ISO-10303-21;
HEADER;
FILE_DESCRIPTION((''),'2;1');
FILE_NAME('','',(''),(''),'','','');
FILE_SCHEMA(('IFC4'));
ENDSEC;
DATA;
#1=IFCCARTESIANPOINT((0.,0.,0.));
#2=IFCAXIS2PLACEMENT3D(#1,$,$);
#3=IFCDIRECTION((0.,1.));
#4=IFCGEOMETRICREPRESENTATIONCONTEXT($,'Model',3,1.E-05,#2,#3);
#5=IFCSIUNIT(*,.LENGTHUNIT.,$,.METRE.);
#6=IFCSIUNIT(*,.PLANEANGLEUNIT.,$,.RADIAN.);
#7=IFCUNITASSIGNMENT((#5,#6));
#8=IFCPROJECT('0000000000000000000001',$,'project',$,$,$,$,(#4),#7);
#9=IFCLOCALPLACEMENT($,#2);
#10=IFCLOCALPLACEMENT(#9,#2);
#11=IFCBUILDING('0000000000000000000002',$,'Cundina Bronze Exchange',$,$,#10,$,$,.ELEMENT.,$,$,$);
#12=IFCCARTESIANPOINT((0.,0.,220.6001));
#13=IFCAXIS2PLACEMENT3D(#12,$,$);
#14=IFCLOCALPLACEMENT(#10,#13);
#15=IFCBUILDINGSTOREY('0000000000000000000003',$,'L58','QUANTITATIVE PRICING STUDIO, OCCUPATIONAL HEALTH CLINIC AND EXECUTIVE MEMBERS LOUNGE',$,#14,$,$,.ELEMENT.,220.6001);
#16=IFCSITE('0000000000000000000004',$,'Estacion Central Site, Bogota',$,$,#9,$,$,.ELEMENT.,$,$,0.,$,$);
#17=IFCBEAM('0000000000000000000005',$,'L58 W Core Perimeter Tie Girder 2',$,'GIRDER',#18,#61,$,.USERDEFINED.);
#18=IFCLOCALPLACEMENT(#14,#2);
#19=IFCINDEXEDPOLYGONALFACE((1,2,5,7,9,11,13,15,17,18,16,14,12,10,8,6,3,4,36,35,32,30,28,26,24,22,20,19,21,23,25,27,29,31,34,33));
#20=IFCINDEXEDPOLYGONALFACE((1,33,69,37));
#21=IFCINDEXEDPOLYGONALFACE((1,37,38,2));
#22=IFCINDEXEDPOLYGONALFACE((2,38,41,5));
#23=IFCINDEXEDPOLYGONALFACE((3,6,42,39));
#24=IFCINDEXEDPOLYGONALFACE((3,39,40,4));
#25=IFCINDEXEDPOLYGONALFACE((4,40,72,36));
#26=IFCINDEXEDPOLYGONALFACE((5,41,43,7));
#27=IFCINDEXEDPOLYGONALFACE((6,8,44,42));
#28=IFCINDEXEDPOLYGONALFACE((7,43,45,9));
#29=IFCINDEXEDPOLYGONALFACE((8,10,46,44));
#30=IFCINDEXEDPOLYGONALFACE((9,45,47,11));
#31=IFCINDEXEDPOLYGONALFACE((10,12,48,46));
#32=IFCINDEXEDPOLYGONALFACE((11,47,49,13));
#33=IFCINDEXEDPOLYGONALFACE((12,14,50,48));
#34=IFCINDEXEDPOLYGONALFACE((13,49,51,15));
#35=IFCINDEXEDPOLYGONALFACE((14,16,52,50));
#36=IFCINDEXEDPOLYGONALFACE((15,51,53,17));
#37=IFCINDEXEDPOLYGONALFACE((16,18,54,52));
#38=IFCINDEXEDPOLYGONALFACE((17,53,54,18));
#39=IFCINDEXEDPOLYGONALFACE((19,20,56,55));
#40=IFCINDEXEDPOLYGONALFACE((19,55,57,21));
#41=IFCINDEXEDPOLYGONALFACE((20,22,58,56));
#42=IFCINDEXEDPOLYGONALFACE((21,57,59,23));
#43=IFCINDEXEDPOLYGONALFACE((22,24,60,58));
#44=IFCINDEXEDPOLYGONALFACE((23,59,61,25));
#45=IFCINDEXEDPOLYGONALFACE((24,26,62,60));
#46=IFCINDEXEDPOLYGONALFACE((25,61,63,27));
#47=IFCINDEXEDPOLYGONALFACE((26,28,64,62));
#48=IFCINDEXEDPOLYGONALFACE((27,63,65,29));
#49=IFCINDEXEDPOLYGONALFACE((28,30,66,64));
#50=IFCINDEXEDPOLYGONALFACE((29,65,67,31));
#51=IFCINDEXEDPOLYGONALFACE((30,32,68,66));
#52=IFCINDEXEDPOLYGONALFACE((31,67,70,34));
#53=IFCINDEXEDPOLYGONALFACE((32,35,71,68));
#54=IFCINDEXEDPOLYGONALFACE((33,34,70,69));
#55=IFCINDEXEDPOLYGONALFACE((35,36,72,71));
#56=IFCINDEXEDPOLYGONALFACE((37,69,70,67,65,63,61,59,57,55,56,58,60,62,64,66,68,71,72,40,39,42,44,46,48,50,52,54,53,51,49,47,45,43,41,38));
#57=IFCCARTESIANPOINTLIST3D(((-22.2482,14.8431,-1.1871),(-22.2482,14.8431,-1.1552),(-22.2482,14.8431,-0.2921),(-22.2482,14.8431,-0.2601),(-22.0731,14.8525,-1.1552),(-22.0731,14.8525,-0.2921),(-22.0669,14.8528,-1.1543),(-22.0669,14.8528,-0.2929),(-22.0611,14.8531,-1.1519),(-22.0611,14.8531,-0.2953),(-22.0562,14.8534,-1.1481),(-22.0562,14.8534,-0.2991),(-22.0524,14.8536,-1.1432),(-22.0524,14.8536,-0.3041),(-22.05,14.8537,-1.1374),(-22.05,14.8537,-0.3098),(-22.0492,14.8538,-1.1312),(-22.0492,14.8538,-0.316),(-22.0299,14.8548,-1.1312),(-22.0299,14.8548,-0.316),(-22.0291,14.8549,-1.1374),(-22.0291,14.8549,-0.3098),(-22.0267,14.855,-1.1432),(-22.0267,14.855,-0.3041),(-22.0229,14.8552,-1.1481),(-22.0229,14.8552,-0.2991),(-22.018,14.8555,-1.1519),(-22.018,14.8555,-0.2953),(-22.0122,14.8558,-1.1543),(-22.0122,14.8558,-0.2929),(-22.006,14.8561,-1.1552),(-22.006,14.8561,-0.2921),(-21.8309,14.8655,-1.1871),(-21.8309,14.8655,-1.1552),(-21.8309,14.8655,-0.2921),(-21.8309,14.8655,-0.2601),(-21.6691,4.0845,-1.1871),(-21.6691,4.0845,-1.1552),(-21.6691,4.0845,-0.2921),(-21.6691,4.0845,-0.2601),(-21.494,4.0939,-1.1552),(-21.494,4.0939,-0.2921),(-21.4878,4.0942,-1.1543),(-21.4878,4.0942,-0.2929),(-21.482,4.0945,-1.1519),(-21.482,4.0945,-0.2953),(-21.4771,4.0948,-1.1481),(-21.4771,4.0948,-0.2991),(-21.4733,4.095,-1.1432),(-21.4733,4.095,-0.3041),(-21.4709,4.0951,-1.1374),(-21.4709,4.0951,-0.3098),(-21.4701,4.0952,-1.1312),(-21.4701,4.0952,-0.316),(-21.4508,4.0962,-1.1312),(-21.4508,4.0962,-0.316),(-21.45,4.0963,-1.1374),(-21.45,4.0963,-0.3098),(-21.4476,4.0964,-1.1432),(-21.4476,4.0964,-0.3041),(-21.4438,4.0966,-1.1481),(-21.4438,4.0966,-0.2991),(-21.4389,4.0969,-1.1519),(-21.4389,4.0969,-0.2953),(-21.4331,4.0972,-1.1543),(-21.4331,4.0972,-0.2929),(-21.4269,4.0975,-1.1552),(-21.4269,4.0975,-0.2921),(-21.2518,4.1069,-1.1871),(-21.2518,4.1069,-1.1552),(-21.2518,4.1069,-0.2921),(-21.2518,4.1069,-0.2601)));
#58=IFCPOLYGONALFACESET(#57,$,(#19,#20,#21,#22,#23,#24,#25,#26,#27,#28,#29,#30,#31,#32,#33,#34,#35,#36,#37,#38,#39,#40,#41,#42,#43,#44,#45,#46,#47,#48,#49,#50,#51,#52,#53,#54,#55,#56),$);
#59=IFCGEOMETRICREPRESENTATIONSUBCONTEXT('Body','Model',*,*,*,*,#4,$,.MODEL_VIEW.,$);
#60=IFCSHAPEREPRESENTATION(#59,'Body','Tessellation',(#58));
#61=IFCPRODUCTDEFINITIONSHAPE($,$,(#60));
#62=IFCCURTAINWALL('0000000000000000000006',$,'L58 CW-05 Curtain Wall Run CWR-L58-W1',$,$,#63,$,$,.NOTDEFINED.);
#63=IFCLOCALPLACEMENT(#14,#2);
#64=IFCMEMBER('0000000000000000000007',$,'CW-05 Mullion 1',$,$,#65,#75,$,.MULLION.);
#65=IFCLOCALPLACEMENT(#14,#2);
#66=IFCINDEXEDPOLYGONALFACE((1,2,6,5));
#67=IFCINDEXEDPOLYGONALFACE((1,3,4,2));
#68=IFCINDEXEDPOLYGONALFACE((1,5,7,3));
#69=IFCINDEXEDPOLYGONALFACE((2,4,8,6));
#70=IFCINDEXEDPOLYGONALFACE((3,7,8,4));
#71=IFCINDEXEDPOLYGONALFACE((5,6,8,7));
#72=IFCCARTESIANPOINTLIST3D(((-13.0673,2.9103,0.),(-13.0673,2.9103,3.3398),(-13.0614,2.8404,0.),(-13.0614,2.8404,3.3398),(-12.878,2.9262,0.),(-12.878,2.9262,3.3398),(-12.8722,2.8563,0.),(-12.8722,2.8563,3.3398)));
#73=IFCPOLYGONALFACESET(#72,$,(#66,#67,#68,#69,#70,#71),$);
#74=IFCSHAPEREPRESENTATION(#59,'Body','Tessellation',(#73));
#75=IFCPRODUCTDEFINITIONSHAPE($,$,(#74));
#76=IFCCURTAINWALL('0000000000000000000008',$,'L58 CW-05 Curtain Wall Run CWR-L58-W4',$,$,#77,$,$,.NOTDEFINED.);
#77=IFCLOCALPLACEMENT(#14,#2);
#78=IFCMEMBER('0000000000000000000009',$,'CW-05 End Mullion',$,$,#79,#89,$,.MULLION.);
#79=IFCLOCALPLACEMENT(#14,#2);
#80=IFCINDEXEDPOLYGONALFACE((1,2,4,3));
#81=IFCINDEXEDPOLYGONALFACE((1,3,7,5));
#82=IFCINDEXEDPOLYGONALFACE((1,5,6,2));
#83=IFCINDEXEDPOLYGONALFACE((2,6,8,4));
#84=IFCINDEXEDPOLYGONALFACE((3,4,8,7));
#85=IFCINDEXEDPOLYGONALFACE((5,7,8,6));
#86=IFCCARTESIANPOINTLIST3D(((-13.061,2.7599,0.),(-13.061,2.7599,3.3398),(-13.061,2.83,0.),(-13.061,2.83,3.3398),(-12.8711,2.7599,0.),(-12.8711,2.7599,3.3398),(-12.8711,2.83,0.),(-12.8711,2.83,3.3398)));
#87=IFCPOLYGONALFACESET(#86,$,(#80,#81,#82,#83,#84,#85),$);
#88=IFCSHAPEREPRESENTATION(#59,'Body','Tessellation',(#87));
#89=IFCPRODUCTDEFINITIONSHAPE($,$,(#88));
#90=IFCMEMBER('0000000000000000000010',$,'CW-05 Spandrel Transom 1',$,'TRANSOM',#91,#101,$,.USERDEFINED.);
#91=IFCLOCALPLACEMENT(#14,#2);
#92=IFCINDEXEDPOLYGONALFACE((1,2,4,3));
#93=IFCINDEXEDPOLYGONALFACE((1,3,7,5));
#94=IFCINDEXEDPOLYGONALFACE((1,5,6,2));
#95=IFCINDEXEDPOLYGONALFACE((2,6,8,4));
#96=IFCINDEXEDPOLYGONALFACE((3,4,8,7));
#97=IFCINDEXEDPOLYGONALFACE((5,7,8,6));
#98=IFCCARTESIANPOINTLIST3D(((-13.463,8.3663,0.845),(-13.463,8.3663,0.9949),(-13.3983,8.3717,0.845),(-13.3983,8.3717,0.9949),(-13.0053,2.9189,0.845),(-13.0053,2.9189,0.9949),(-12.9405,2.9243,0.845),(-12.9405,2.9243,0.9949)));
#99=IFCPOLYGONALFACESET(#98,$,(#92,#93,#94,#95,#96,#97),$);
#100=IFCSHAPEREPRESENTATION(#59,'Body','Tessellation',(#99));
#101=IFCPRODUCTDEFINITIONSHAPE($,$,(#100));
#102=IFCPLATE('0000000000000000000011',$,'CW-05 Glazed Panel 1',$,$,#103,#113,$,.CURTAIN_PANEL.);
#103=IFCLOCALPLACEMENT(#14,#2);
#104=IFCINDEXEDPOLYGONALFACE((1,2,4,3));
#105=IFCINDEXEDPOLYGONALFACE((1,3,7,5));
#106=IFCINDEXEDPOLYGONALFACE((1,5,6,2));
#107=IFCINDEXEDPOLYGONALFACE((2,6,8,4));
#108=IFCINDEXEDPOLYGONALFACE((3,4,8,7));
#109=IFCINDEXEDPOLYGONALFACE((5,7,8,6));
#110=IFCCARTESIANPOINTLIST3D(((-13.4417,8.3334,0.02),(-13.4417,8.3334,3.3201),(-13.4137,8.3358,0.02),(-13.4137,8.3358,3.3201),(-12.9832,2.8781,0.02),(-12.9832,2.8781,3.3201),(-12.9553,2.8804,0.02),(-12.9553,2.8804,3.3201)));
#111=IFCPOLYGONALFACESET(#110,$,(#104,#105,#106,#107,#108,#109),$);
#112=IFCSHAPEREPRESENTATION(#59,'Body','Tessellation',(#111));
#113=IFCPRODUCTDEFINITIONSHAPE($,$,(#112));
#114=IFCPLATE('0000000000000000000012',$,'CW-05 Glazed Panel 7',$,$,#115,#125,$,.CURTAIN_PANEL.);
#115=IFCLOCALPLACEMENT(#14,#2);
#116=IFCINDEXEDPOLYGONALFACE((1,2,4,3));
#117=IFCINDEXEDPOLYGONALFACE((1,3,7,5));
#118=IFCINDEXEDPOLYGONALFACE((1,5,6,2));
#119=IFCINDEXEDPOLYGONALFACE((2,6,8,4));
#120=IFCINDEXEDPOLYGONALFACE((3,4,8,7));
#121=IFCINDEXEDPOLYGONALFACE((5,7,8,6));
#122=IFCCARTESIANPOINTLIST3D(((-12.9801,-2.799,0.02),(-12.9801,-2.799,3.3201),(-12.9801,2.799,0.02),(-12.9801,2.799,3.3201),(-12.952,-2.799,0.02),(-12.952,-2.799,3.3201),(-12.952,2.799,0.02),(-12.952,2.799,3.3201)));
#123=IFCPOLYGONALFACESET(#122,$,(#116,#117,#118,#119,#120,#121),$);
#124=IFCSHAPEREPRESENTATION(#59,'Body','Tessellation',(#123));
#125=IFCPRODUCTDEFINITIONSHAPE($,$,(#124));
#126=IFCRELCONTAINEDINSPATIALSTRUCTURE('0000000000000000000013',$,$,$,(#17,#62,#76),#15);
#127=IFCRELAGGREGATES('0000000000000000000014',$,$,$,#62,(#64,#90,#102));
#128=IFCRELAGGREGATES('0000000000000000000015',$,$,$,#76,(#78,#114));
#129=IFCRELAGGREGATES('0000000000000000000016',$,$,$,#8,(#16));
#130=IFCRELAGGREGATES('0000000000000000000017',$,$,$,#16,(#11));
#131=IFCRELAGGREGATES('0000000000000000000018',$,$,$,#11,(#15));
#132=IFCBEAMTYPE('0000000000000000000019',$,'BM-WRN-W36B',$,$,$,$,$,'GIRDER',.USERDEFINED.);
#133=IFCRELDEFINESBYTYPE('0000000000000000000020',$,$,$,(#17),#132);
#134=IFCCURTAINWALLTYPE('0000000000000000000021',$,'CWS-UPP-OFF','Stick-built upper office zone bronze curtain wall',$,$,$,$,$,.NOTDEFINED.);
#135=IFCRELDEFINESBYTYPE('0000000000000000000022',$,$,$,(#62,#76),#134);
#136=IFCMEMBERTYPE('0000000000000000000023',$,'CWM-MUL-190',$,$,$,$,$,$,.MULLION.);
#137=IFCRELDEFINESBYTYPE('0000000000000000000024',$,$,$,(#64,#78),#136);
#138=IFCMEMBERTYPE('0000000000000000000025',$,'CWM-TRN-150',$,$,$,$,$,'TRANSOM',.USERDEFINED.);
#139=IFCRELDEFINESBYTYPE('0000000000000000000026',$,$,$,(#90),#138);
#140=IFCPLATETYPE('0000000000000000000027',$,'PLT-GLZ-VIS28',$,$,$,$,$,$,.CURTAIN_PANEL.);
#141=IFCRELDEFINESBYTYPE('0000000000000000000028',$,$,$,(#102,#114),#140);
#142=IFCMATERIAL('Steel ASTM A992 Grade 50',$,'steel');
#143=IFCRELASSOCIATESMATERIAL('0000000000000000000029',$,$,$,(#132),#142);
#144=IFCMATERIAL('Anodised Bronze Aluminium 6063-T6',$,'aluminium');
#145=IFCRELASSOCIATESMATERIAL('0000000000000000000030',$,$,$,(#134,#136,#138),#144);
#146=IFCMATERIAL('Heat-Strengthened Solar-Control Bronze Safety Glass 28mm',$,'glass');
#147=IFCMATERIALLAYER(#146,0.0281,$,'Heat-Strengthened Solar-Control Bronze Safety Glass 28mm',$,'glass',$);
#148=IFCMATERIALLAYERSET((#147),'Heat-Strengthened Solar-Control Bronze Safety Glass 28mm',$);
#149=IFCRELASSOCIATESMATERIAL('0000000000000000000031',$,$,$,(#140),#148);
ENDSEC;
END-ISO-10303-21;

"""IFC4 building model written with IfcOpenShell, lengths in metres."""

from ifc_helpers import new_model, si_unit, direction, frame, origin, origin_2d, place, context, subcontext, project, spatial, rectangle, i_section, extrude, material, layer, layer_set, material_profile, profile_set, type_object, element, aggregate, save


model = new_model("IFC4")

# Units and contexts
model_context = context("Model", 3, precision=1e-05, world=origin(), true_north=direction((0.0, 1.0)))
body_context = subcontext(model_context, "Body", "Model", "MODEL_VIEW")
ifc_project = project(units=[si_unit("LENGTHUNIT", "METRE"), si_unit("PLANEANGLEUNIT", "RADIAN")], contexts=[model_context])

# Site, building, storey
site_placement = place(None, origin())
site = spatial("IfcSite", under=ifc_project, at=site_placement, Name="Estacion Central Site, Bogota", CompositionType="ELEMENT", RefElevation=0.0)
building_placement = place(site_placement, origin())
building = spatial("IfcBuilding", under=site, at=building_placement, Name="Cundina Bronze Exchange", CompositionType="ELEMENT")
storey_placement = place(building_placement, frame((0.0, 0.0, 220.6001)))
storey = spatial("IfcBuildingStorey", under=building, at=storey_placement, Name="L58", Description="QUANTITATIVE PRICING STUDIO, OCCUPATIONAL HEALTH CLINIC AND EXECUTIVE MEMBERS LOUNGE", CompositionType="ELEMENT", Elevation=220.6001)

# Shared definitions
ifc_material_1 = material(Name="Steel ASTM A992 Grade 50", Category="steel")

# Beam
ifc_material_profile_1 = material_profile(ifc_material_1, i_section(OverallWidth=0.418, OverallDepth=0.927, WebThickness=0.0193, FlangeThickness=0.032, FilletRadius=0.0239, at=origin_2d()), Name="W36X231", Category="steel")
ifc_profile_set_1 = profile_set([ifc_material_profile_1], Name="Steel ASTM A992 Grade 50")
beam_type_1 = type_object("IfcBeamType", Name="BM-WRN-W36B", ElementType="GIRDER", PredefinedType="USERDEFINED", material=ifc_profile_set_1)
beam_1_placement = place(storey_placement, frame((-21.4604, 4.0957, -0.7236), z_axis=(-0.053749, 0.998554, 0.0), x_axis=(-0.998554, -0.053749, 0.0)))
element("IfcBeam", 1, at=beam_1_placement, inside=storey, type_object=beam_type_1, Name="L58 W Core Perimeter Tie Girder 2", ObjectType="GIRDER", PredefinedType="USERDEFINED", context=body_context, shape_type="SweptSolid", body=[
    extrude(i_section(OverallWidth=0.418, OverallDepth=0.927, WebThickness=0.0193, FlangeThickness=0.032, FilletRadius=0.0239, at=origin_2d()), origin(), (0.0, 0.0, 1.0), 10.7742),
])

# Curtain walls, members
ifc_material_2 = material(Name="Anodised Bronze Aluminium 6063-T6", Category="aluminium")
curtain_wall_type = type_object("IfcCurtainWallType", Name="CWS-UPP-OFF", Description="Stick-built upper office zone bronze curtain wall", PredefinedType="NOTDEFINED", material=ifc_material_2)
curtain_wall_1_placement = place(storey_placement, origin())
curtain_wall_1 = element("IfcCurtainWall", 2, at=curtain_wall_1_placement, inside=storey, type_object=curtain_wall_type, Name="L58 CW-05 Curtain Wall Run CWR-L58-W1", PredefinedType="NOTDEFINED")
ifc_material_profile_2 = material_profile(ifc_material_2, rectangle(XDim=0.0701, YDim=0.1899, at=origin_2d()), Name="AL70X190", Category="aluminium")
ifc_profile_set_2 = profile_set([ifc_material_profile_2], Name="Anodised Bronze Aluminium 6063-T6")
member_type_1 = type_object("IfcMemberType", Name="CWM-MUL-190", PredefinedType="MULLION", material=ifc_profile_set_2)
member_1_placement = place(storey_placement, frame((-12.9697, 2.8833, 0.0), z_axis=(0.0, 0.0, 1.0), x_axis=(-0.083678, 0.996493, 0.0)))
member_1 = element("IfcMember", 3, at=member_1_placement, type_object=member_type_1, Name="CW-05 Mullion 1", PredefinedType="MULLION", context=body_context, shape_type="SweptSolid", body=[
    extrude(rectangle(XDim=0.0701, YDim=0.1899, at=origin_2d()), origin(), (0.0, 0.0, 1.0), 3.3398),
])
curtain_wall_2_placement = place(storey_placement, origin())
curtain_wall_2 = element("IfcCurtainWall", 4, at=curtain_wall_2_placement, inside=storey, type_object=curtain_wall_type, Name="L58 CW-05 Curtain Wall Run CWR-L58-W4", PredefinedType="NOTDEFINED")
member_2_placement = place(storey_placement, frame((-12.9661, 2.7949, 0.0), z_axis=(0.0, 0.0, 1.0), x_axis=(0.0, 1.0, 0.0)))
member_2 = element("IfcMember", 5, at=member_2_placement, type_object=member_type_1, Name="CW-05 End Mullion", PredefinedType="MULLION", context=body_context, shape_type="SweptSolid", body=[
    extrude(rectangle(XDim=0.0701, YDim=0.1899, at=origin_2d()), origin(), (0.0, 0.0, 1.0), 3.3398),
])

# Member
ifc_material_profile_3 = material_profile(ifc_material_2, rectangle(XDim=0.0649, YDim=0.1499, at=origin_2d()), Name="AL65X150", Category="aluminium")
ifc_profile_set_3 = profile_set([ifc_material_profile_3], Name="Anodised Bronze Aluminium 6063-T6")
member_type_2 = type_object("IfcMemberType", Name="CWM-TRN-150", ElementType="TRANSOM", PredefinedType="USERDEFINED", material=ifc_profile_set_3)
member_3_placement = place(storey_placement, frame((-12.9729, 2.9216, 0.9199), z_axis=(-0.08374, 0.996488, 0.0), x_axis=(-0.996488, -0.08374, 0.0)))
member_3 = element("IfcMember", 6, at=member_3_placement, type_object=member_type_2, Name="CW-05 Spandrel Transom 1", ObjectType="TRANSOM", PredefinedType="USERDEFINED", context=body_context, shape_type="SweptSolid", body=[
    extrude(rectangle(XDim=0.0649, YDim=0.1499, at=origin_2d()), origin(), (0.0, 0.0, 1.0), 5.4666),
])

# Plates
ifc_material_3 = material(Name="Heat-Strengthened Solar-Control Bronze Safety Glass 28mm", Category="glass")
ifc_layer_1 = layer(ifc_material_3, 0.0281, Name="Heat-Strengthened Solar-Control Bronze Safety Glass 28mm", Category="glass")
ifc_layer_set_1 = layer_set([ifc_layer_1], Name="Heat-Strengthened Solar-Control Bronze Safety Glass 28mm")
plate_type = type_object("IfcPlateType", Name="PLT-GLZ-VIS28", PredefinedType="CURTAIN_PANEL", material=ifc_layer_set_1)
plate_1_placement = place(storey_placement, frame((-13.1985, 5.6069, 0.02), z_axis=(0.0, 0.0, 1.0), x_axis=(-0.083747, 0.996487, 0.0)))
plate_1 = element("IfcPlate", 7, at=plate_1_placement, type_object=plate_type, Name="CW-05 Glazed Panel 1", PredefinedType="CURTAIN_PANEL", context=body_context, shape_type="SweptSolid", body=[
    extrude(rectangle(XDim=5.4746, YDim=0.0281, at=origin_2d()), origin(), (0.0, 0.0, 1.0), 3.3),
])
aggregate(curtain_wall_1, [member_1, member_3, plate_1])
plate_2_placement = place(storey_placement, frame((-12.9661, 0.0, 0.02), z_axis=(0.0, 0.0, 1.0), x_axis=(0.0, 1.0, 0.0)))
plate_2 = element("IfcPlate", 8, at=plate_2_placement, type_object=plate_type, Name="CW-05 Glazed Panel 7", PredefinedType="CURTAIN_PANEL", context=body_context, shape_type="SweptSolid", body=[
    extrude(rectangle(XDim=5.5979, YDim=0.0281, at=origin_2d()), origin(), (0.0, 0.0, 1.0), 3.3),
])
aggregate(curtain_wall_2, [member_2, plate_2])

save(model, "model.ifc")
